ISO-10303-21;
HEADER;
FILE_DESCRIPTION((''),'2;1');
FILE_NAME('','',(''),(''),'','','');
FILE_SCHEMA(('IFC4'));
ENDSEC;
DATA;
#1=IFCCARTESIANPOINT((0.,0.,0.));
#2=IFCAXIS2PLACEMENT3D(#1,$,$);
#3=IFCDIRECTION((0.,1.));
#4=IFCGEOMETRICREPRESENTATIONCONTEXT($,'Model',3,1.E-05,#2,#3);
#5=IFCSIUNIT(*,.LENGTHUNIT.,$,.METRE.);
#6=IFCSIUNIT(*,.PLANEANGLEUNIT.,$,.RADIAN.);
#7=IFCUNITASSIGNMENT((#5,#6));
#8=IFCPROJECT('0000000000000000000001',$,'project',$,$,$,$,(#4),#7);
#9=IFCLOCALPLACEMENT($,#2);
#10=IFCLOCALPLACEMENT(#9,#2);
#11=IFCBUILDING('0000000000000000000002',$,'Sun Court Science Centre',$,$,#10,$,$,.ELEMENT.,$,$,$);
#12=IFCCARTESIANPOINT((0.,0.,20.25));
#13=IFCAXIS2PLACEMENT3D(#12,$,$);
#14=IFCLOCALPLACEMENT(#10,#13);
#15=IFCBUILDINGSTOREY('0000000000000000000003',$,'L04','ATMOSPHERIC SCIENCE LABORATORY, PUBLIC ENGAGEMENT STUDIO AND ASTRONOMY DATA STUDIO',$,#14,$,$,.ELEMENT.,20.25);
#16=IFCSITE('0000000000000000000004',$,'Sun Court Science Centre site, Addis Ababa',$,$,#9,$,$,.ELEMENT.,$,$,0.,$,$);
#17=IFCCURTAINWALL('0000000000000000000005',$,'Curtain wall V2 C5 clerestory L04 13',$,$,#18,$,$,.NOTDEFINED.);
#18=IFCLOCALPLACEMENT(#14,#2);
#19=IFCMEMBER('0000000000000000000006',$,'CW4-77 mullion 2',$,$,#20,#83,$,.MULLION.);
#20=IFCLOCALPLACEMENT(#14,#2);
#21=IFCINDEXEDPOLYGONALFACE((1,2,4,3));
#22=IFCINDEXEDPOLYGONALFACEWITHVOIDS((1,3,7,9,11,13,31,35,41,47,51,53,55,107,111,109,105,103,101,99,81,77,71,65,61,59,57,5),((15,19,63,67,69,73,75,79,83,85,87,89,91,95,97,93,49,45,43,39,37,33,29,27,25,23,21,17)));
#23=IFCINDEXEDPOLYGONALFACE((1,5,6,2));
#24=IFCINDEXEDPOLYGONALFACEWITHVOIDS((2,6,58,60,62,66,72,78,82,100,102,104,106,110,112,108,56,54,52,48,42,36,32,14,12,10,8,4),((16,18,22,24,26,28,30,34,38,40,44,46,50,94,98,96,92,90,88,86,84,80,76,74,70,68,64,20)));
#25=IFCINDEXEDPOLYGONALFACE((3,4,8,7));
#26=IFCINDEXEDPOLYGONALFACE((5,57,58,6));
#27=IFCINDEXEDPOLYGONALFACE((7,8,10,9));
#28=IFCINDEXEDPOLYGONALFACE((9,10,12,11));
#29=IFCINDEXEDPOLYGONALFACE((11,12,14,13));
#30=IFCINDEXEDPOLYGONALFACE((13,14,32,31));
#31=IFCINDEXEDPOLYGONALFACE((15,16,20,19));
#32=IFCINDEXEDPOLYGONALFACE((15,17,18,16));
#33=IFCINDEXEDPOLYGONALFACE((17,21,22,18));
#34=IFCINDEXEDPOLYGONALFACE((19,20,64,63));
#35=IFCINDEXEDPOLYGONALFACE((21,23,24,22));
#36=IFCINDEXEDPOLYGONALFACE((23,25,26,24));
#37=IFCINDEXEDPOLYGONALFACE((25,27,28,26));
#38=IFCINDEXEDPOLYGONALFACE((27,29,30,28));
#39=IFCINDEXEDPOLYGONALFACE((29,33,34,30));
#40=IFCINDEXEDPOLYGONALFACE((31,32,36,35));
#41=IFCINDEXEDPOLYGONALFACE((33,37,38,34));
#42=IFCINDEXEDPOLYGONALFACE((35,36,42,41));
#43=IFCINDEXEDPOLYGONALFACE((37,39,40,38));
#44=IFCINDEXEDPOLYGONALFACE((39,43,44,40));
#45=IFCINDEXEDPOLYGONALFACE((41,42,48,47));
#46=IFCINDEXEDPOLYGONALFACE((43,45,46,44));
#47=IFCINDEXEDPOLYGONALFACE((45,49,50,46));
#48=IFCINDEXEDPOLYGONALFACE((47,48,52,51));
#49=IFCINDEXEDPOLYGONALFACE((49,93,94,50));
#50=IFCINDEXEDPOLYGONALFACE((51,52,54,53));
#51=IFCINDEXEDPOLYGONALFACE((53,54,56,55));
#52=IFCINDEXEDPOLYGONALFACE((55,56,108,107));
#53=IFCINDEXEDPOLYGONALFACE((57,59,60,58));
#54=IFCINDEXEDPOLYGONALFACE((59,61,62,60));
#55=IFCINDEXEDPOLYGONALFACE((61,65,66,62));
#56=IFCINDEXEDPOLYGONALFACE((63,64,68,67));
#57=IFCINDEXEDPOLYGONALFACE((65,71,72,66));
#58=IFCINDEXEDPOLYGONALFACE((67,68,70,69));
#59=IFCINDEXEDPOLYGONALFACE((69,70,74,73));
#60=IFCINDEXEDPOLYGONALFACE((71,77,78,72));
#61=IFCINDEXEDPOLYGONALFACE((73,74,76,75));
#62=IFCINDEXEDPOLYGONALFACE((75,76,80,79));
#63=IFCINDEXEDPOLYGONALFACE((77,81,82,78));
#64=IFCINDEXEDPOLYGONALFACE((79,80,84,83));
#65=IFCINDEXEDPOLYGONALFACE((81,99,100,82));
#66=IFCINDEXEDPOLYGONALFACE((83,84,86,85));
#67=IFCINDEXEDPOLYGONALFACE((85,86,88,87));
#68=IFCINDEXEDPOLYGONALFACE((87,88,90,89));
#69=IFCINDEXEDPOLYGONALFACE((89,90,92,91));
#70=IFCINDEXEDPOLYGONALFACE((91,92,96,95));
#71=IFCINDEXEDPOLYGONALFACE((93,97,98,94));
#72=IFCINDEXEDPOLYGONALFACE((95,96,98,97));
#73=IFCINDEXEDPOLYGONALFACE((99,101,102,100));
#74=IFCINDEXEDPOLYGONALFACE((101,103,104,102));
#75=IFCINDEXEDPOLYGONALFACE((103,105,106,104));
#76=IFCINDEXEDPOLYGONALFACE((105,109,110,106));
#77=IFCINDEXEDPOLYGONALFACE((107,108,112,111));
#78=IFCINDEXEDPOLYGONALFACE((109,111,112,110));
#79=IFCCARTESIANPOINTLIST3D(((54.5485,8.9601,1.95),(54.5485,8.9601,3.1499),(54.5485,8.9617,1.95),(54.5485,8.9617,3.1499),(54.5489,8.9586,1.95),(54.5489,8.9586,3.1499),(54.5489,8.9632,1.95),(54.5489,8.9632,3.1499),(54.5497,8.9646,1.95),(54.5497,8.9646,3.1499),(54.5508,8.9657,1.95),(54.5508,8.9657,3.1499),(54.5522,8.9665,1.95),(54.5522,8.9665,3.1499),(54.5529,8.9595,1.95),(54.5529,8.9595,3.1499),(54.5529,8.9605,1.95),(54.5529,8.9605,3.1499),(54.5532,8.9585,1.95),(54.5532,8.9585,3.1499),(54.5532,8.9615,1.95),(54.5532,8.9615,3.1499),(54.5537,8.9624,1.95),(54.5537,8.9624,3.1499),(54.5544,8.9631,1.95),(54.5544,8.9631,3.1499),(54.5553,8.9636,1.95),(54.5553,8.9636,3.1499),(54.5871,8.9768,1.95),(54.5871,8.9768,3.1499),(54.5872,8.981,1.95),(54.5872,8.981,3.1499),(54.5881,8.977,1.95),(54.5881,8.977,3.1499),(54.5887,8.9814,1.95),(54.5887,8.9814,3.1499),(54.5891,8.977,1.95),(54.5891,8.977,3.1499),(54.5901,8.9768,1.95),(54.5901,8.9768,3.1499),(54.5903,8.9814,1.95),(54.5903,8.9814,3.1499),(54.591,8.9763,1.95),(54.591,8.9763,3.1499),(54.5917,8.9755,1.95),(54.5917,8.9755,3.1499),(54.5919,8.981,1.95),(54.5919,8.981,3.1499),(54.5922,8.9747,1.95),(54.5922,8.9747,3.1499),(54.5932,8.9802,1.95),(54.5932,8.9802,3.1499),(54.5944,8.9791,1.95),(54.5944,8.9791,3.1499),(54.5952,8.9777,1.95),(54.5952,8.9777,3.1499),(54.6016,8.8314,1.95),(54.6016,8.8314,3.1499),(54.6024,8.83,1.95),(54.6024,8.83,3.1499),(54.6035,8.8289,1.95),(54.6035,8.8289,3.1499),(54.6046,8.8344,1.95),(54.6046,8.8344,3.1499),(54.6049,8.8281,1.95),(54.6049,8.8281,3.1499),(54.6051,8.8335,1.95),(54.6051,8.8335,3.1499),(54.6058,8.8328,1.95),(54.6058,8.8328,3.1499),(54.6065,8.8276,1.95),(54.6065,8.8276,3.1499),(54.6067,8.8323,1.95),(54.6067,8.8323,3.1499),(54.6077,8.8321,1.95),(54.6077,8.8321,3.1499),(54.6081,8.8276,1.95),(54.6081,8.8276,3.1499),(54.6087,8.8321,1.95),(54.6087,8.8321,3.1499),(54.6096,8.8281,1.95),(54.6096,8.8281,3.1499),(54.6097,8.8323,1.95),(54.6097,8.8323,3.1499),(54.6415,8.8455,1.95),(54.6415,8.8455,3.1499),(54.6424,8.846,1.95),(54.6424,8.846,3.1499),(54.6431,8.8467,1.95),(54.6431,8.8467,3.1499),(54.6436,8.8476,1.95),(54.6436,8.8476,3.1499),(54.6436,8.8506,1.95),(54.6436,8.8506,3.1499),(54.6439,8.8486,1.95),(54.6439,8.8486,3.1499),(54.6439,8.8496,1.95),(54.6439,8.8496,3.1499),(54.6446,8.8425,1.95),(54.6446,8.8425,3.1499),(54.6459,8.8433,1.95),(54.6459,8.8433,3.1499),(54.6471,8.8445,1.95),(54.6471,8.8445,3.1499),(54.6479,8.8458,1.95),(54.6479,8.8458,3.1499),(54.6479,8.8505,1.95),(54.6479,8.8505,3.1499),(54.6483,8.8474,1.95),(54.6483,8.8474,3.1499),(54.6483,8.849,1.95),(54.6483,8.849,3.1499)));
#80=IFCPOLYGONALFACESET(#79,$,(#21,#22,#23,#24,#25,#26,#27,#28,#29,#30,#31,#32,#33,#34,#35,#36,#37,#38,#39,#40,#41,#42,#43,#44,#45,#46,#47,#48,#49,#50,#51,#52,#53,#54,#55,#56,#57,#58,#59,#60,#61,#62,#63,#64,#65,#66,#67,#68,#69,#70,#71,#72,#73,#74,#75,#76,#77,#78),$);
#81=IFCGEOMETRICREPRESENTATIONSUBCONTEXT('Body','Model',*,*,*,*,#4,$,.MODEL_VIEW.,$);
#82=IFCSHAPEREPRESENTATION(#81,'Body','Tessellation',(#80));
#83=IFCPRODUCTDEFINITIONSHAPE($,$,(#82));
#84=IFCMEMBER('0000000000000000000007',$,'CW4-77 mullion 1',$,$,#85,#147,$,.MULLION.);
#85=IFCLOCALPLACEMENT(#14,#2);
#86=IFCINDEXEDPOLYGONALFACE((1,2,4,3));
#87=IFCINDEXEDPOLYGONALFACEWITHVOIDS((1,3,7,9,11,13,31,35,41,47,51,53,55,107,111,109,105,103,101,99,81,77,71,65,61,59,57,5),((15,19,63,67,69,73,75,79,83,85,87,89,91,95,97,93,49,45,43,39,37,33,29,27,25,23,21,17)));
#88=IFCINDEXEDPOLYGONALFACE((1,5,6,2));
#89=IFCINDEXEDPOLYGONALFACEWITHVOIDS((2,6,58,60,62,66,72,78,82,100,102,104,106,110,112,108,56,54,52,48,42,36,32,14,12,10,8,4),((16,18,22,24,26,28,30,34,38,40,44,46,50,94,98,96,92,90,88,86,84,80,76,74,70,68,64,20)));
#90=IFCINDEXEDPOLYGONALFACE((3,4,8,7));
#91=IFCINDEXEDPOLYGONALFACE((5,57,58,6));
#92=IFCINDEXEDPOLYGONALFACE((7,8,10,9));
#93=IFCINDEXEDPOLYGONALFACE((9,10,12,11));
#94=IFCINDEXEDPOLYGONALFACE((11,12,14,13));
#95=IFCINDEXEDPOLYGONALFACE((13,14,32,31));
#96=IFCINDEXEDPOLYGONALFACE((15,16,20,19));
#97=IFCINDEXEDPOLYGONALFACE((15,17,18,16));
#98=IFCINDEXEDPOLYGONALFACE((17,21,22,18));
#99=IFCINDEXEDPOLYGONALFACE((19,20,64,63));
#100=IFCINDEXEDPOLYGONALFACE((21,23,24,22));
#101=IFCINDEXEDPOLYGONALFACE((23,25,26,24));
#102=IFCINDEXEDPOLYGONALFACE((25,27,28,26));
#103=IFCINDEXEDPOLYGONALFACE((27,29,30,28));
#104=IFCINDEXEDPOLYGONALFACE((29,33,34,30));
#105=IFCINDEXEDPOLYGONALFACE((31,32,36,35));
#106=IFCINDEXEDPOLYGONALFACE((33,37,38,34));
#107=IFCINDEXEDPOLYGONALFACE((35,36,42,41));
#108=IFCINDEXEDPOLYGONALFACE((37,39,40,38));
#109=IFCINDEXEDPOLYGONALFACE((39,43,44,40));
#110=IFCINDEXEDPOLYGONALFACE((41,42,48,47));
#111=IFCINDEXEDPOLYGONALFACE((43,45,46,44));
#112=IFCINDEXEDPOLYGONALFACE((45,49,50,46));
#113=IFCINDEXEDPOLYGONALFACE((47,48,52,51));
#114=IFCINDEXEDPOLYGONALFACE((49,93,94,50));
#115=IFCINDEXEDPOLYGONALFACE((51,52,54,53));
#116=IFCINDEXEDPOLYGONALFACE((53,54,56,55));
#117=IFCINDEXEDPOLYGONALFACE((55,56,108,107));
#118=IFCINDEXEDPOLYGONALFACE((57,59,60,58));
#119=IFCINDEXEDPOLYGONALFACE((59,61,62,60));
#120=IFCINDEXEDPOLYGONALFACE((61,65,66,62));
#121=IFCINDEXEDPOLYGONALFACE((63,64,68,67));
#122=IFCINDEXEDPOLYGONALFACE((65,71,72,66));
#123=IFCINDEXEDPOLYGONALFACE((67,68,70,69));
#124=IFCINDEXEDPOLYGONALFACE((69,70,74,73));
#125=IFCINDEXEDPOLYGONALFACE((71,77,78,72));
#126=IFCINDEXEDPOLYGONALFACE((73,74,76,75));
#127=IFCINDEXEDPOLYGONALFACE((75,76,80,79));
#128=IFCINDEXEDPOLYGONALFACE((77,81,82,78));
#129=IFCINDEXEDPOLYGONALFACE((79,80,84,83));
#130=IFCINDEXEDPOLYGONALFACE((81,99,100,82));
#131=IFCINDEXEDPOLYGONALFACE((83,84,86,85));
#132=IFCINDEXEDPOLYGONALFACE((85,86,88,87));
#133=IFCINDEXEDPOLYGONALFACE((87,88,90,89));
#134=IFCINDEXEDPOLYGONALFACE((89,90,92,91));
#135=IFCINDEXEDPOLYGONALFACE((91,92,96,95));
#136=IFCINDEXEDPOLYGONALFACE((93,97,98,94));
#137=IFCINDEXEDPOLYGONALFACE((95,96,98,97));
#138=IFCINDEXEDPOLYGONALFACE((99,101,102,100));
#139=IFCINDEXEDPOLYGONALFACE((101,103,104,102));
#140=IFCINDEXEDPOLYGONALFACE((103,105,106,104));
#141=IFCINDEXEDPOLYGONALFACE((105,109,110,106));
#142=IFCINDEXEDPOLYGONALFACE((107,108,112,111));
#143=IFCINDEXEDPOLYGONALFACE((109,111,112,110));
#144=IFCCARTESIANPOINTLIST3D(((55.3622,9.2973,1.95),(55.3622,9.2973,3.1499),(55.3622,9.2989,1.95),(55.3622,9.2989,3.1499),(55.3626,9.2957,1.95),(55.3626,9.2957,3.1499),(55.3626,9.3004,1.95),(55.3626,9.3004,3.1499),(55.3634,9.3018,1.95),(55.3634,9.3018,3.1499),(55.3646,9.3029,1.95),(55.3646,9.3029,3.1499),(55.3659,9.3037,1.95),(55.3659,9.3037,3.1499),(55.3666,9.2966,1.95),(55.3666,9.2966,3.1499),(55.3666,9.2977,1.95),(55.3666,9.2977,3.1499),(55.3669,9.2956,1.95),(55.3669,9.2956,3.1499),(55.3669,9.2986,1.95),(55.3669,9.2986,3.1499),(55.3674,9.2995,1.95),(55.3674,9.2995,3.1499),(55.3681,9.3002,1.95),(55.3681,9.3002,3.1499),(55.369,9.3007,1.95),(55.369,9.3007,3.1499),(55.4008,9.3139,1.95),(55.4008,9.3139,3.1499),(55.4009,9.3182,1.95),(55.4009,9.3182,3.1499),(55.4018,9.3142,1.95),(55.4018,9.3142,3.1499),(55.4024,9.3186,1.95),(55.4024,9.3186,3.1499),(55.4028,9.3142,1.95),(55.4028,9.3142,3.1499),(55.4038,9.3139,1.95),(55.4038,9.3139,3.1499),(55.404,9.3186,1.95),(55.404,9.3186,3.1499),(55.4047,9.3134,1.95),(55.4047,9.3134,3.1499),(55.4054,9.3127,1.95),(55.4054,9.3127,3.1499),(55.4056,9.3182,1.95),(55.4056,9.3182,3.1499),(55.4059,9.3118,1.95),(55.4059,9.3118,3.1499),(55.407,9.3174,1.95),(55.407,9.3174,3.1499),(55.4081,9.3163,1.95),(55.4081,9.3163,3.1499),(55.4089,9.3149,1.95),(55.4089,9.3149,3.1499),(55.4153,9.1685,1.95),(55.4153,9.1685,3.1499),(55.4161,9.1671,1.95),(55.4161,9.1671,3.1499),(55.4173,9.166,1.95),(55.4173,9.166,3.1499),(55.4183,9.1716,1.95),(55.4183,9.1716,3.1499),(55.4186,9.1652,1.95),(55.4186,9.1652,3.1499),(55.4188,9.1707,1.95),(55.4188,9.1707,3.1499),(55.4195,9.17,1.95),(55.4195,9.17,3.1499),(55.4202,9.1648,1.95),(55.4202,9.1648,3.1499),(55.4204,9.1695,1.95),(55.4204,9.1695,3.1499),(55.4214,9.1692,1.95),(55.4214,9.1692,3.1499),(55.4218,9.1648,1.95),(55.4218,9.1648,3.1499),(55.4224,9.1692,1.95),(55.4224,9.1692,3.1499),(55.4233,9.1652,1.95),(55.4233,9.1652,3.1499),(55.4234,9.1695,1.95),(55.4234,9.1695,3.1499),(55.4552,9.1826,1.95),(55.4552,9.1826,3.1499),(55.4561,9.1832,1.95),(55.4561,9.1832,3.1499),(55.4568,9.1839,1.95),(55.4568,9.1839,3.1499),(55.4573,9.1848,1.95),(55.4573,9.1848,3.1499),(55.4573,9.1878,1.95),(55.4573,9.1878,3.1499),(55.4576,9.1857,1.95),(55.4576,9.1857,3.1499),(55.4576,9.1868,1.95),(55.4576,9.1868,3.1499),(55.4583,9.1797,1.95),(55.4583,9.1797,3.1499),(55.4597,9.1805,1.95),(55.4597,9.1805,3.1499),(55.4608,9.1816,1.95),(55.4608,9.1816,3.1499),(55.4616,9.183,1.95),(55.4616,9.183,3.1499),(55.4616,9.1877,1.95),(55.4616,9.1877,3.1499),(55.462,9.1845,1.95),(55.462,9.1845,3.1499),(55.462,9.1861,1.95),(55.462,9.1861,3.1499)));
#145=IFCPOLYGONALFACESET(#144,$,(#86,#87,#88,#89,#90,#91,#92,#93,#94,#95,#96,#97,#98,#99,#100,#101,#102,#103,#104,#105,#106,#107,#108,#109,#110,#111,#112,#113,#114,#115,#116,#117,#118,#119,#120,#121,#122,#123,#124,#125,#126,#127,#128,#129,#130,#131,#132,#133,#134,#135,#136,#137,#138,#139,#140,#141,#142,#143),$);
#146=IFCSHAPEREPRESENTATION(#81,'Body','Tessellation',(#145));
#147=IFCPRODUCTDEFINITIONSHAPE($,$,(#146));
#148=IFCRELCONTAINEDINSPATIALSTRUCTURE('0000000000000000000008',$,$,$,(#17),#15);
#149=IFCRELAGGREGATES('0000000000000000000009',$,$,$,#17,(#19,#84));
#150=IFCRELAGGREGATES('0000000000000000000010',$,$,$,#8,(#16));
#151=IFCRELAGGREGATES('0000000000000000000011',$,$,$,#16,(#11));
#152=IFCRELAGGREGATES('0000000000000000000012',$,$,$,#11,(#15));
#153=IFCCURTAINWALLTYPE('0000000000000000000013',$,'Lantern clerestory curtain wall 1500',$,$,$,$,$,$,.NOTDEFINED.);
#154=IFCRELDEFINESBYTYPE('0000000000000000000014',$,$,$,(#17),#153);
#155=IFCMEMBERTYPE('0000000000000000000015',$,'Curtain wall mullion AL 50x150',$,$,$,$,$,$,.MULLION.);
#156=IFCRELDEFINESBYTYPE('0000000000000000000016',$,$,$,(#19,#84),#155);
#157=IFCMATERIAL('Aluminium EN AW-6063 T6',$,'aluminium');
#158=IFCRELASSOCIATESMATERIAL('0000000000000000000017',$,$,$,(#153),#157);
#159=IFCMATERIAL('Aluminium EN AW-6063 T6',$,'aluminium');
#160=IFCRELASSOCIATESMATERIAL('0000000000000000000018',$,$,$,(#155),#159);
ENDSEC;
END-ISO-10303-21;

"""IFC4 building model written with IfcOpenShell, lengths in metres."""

from ifc_helpers import new_model, si_unit, direction, frame, origin, origin_2d, place, context, subcontext, project, spatial, hollow_rectangle, extrude, material, material_profile, profile_set, type_object, element, aggregate, save


model = new_model("IFC4")

# Units and contexts
model_context = context("Model", 3, precision=1e-05, world=origin(), true_north=direction((0.0, 1.0)))
body_context = subcontext(model_context, "Body", "Model", "MODEL_VIEW")
ifc_project = project(units=[si_unit("LENGTHUNIT", "METRE"), si_unit("PLANEANGLEUNIT", "RADIAN")], contexts=[model_context])

# Site, building, storey
site_placement = place(None, origin())
site = spatial("IfcSite", under=ifc_project, at=site_placement, Name="Sun Court Science Centre site, Addis Ababa", CompositionType="ELEMENT", RefElevation=0.0)
building_placement = place(site_placement, origin())
building = spatial("IfcBuilding", under=site, at=building_placement, Name="Sun Court Science Centre", CompositionType="ELEMENT")
storey_placement = place(building_placement, frame((0.0, 0.0, 20.25)))
storey = spatial("IfcBuildingStorey", under=building, at=storey_placement, Name="L04", Description="ATMOSPHERIC SCIENCE LABORATORY, PUBLIC ENGAGEMENT STUDIO AND ASTRONOMY DATA STUDIO", CompositionType="ELEMENT", Elevation=20.25)

# Curtain wall, members
ifc_material_1 = material(Name="Aluminium EN AW-6063 T6", Category="aluminium")
curtain_wall_type = type_object("IfcCurtainWallType", Name="Lantern clerestory curtain wall 1500", PredefinedType="NOTDEFINED", material=ifc_material_1)
ifc_material_2 = material(Name="Aluminium EN AW-6063 T6", Category="aluminium")
ifc_material_profile_1 = material_profile(ifc_material_2, hollow_rectangle(XDim=0.05, YDim=0.1499, WallThickness=0.0039, InnerFilletRadius=0.0039, OuterFilletRadius=0.0061, at=origin_2d()), Name="AL 50x150x4")
ifc_profile_set_1 = profile_set([ifc_material_profile_1], Name="Aluminium EN AW-6063 T6")
member_type_1 = type_object("IfcMemberType", Name="Curtain wall mullion AL 50x150", PredefinedType="MULLION", material=ifc_profile_set_1)
curtain_wall_1_placement = place(storey_placement, origin())
curtain_wall_1 = element("IfcCurtainWall", 1, at=curtain_wall_1_placement, inside=storey, type_object=curtain_wall_type, Name="Curtain wall V2 C5 clerestory L04 13", PredefinedType="NOTDEFINED")
member_1_placement = place(storey_placement, frame((54.5984, 8.9045, 1.95), z_axis=(0.0, 0.0, 1.0), x_axis=(-0.92388, -0.382683, 0.0)))
member_1 = element("IfcMember", 2, at=member_1_placement, type_object=member_type_1, Name="CW4-77 mullion 2", PredefinedType="MULLION", context=body_context, shape_type="SweptSolid", body=[
    extrude(hollow_rectangle(XDim=0.05, YDim=0.1499, WallThickness=0.0039, InnerFilletRadius=0.0039, OuterFilletRadius=0.0061, at=origin_2d()), origin(), (0.0, 0.0, 1.0), 1.2),
])
member_2_placement = place(storey_placement, frame((55.4121, 9.2417, 1.95), z_axis=(0.0, 0.0, 1.0), x_axis=(-0.92388, -0.382683, 0.0)))
member_2 = element("IfcMember", 3, at=member_2_placement, type_object=member_type_1, Name="CW4-77 mullion 1", PredefinedType="MULLION", context=body_context, shape_type="SweptSolid", body=[
    extrude(hollow_rectangle(XDim=0.05, YDim=0.1499, WallThickness=0.0039, InnerFilletRadius=0.0039, OuterFilletRadius=0.0061, at=origin_2d()), origin(), (0.0, 0.0, 1.0), 1.2),
])
aggregate(curtain_wall_1, [member_1, member_2])

save(model, "model.ifc")
